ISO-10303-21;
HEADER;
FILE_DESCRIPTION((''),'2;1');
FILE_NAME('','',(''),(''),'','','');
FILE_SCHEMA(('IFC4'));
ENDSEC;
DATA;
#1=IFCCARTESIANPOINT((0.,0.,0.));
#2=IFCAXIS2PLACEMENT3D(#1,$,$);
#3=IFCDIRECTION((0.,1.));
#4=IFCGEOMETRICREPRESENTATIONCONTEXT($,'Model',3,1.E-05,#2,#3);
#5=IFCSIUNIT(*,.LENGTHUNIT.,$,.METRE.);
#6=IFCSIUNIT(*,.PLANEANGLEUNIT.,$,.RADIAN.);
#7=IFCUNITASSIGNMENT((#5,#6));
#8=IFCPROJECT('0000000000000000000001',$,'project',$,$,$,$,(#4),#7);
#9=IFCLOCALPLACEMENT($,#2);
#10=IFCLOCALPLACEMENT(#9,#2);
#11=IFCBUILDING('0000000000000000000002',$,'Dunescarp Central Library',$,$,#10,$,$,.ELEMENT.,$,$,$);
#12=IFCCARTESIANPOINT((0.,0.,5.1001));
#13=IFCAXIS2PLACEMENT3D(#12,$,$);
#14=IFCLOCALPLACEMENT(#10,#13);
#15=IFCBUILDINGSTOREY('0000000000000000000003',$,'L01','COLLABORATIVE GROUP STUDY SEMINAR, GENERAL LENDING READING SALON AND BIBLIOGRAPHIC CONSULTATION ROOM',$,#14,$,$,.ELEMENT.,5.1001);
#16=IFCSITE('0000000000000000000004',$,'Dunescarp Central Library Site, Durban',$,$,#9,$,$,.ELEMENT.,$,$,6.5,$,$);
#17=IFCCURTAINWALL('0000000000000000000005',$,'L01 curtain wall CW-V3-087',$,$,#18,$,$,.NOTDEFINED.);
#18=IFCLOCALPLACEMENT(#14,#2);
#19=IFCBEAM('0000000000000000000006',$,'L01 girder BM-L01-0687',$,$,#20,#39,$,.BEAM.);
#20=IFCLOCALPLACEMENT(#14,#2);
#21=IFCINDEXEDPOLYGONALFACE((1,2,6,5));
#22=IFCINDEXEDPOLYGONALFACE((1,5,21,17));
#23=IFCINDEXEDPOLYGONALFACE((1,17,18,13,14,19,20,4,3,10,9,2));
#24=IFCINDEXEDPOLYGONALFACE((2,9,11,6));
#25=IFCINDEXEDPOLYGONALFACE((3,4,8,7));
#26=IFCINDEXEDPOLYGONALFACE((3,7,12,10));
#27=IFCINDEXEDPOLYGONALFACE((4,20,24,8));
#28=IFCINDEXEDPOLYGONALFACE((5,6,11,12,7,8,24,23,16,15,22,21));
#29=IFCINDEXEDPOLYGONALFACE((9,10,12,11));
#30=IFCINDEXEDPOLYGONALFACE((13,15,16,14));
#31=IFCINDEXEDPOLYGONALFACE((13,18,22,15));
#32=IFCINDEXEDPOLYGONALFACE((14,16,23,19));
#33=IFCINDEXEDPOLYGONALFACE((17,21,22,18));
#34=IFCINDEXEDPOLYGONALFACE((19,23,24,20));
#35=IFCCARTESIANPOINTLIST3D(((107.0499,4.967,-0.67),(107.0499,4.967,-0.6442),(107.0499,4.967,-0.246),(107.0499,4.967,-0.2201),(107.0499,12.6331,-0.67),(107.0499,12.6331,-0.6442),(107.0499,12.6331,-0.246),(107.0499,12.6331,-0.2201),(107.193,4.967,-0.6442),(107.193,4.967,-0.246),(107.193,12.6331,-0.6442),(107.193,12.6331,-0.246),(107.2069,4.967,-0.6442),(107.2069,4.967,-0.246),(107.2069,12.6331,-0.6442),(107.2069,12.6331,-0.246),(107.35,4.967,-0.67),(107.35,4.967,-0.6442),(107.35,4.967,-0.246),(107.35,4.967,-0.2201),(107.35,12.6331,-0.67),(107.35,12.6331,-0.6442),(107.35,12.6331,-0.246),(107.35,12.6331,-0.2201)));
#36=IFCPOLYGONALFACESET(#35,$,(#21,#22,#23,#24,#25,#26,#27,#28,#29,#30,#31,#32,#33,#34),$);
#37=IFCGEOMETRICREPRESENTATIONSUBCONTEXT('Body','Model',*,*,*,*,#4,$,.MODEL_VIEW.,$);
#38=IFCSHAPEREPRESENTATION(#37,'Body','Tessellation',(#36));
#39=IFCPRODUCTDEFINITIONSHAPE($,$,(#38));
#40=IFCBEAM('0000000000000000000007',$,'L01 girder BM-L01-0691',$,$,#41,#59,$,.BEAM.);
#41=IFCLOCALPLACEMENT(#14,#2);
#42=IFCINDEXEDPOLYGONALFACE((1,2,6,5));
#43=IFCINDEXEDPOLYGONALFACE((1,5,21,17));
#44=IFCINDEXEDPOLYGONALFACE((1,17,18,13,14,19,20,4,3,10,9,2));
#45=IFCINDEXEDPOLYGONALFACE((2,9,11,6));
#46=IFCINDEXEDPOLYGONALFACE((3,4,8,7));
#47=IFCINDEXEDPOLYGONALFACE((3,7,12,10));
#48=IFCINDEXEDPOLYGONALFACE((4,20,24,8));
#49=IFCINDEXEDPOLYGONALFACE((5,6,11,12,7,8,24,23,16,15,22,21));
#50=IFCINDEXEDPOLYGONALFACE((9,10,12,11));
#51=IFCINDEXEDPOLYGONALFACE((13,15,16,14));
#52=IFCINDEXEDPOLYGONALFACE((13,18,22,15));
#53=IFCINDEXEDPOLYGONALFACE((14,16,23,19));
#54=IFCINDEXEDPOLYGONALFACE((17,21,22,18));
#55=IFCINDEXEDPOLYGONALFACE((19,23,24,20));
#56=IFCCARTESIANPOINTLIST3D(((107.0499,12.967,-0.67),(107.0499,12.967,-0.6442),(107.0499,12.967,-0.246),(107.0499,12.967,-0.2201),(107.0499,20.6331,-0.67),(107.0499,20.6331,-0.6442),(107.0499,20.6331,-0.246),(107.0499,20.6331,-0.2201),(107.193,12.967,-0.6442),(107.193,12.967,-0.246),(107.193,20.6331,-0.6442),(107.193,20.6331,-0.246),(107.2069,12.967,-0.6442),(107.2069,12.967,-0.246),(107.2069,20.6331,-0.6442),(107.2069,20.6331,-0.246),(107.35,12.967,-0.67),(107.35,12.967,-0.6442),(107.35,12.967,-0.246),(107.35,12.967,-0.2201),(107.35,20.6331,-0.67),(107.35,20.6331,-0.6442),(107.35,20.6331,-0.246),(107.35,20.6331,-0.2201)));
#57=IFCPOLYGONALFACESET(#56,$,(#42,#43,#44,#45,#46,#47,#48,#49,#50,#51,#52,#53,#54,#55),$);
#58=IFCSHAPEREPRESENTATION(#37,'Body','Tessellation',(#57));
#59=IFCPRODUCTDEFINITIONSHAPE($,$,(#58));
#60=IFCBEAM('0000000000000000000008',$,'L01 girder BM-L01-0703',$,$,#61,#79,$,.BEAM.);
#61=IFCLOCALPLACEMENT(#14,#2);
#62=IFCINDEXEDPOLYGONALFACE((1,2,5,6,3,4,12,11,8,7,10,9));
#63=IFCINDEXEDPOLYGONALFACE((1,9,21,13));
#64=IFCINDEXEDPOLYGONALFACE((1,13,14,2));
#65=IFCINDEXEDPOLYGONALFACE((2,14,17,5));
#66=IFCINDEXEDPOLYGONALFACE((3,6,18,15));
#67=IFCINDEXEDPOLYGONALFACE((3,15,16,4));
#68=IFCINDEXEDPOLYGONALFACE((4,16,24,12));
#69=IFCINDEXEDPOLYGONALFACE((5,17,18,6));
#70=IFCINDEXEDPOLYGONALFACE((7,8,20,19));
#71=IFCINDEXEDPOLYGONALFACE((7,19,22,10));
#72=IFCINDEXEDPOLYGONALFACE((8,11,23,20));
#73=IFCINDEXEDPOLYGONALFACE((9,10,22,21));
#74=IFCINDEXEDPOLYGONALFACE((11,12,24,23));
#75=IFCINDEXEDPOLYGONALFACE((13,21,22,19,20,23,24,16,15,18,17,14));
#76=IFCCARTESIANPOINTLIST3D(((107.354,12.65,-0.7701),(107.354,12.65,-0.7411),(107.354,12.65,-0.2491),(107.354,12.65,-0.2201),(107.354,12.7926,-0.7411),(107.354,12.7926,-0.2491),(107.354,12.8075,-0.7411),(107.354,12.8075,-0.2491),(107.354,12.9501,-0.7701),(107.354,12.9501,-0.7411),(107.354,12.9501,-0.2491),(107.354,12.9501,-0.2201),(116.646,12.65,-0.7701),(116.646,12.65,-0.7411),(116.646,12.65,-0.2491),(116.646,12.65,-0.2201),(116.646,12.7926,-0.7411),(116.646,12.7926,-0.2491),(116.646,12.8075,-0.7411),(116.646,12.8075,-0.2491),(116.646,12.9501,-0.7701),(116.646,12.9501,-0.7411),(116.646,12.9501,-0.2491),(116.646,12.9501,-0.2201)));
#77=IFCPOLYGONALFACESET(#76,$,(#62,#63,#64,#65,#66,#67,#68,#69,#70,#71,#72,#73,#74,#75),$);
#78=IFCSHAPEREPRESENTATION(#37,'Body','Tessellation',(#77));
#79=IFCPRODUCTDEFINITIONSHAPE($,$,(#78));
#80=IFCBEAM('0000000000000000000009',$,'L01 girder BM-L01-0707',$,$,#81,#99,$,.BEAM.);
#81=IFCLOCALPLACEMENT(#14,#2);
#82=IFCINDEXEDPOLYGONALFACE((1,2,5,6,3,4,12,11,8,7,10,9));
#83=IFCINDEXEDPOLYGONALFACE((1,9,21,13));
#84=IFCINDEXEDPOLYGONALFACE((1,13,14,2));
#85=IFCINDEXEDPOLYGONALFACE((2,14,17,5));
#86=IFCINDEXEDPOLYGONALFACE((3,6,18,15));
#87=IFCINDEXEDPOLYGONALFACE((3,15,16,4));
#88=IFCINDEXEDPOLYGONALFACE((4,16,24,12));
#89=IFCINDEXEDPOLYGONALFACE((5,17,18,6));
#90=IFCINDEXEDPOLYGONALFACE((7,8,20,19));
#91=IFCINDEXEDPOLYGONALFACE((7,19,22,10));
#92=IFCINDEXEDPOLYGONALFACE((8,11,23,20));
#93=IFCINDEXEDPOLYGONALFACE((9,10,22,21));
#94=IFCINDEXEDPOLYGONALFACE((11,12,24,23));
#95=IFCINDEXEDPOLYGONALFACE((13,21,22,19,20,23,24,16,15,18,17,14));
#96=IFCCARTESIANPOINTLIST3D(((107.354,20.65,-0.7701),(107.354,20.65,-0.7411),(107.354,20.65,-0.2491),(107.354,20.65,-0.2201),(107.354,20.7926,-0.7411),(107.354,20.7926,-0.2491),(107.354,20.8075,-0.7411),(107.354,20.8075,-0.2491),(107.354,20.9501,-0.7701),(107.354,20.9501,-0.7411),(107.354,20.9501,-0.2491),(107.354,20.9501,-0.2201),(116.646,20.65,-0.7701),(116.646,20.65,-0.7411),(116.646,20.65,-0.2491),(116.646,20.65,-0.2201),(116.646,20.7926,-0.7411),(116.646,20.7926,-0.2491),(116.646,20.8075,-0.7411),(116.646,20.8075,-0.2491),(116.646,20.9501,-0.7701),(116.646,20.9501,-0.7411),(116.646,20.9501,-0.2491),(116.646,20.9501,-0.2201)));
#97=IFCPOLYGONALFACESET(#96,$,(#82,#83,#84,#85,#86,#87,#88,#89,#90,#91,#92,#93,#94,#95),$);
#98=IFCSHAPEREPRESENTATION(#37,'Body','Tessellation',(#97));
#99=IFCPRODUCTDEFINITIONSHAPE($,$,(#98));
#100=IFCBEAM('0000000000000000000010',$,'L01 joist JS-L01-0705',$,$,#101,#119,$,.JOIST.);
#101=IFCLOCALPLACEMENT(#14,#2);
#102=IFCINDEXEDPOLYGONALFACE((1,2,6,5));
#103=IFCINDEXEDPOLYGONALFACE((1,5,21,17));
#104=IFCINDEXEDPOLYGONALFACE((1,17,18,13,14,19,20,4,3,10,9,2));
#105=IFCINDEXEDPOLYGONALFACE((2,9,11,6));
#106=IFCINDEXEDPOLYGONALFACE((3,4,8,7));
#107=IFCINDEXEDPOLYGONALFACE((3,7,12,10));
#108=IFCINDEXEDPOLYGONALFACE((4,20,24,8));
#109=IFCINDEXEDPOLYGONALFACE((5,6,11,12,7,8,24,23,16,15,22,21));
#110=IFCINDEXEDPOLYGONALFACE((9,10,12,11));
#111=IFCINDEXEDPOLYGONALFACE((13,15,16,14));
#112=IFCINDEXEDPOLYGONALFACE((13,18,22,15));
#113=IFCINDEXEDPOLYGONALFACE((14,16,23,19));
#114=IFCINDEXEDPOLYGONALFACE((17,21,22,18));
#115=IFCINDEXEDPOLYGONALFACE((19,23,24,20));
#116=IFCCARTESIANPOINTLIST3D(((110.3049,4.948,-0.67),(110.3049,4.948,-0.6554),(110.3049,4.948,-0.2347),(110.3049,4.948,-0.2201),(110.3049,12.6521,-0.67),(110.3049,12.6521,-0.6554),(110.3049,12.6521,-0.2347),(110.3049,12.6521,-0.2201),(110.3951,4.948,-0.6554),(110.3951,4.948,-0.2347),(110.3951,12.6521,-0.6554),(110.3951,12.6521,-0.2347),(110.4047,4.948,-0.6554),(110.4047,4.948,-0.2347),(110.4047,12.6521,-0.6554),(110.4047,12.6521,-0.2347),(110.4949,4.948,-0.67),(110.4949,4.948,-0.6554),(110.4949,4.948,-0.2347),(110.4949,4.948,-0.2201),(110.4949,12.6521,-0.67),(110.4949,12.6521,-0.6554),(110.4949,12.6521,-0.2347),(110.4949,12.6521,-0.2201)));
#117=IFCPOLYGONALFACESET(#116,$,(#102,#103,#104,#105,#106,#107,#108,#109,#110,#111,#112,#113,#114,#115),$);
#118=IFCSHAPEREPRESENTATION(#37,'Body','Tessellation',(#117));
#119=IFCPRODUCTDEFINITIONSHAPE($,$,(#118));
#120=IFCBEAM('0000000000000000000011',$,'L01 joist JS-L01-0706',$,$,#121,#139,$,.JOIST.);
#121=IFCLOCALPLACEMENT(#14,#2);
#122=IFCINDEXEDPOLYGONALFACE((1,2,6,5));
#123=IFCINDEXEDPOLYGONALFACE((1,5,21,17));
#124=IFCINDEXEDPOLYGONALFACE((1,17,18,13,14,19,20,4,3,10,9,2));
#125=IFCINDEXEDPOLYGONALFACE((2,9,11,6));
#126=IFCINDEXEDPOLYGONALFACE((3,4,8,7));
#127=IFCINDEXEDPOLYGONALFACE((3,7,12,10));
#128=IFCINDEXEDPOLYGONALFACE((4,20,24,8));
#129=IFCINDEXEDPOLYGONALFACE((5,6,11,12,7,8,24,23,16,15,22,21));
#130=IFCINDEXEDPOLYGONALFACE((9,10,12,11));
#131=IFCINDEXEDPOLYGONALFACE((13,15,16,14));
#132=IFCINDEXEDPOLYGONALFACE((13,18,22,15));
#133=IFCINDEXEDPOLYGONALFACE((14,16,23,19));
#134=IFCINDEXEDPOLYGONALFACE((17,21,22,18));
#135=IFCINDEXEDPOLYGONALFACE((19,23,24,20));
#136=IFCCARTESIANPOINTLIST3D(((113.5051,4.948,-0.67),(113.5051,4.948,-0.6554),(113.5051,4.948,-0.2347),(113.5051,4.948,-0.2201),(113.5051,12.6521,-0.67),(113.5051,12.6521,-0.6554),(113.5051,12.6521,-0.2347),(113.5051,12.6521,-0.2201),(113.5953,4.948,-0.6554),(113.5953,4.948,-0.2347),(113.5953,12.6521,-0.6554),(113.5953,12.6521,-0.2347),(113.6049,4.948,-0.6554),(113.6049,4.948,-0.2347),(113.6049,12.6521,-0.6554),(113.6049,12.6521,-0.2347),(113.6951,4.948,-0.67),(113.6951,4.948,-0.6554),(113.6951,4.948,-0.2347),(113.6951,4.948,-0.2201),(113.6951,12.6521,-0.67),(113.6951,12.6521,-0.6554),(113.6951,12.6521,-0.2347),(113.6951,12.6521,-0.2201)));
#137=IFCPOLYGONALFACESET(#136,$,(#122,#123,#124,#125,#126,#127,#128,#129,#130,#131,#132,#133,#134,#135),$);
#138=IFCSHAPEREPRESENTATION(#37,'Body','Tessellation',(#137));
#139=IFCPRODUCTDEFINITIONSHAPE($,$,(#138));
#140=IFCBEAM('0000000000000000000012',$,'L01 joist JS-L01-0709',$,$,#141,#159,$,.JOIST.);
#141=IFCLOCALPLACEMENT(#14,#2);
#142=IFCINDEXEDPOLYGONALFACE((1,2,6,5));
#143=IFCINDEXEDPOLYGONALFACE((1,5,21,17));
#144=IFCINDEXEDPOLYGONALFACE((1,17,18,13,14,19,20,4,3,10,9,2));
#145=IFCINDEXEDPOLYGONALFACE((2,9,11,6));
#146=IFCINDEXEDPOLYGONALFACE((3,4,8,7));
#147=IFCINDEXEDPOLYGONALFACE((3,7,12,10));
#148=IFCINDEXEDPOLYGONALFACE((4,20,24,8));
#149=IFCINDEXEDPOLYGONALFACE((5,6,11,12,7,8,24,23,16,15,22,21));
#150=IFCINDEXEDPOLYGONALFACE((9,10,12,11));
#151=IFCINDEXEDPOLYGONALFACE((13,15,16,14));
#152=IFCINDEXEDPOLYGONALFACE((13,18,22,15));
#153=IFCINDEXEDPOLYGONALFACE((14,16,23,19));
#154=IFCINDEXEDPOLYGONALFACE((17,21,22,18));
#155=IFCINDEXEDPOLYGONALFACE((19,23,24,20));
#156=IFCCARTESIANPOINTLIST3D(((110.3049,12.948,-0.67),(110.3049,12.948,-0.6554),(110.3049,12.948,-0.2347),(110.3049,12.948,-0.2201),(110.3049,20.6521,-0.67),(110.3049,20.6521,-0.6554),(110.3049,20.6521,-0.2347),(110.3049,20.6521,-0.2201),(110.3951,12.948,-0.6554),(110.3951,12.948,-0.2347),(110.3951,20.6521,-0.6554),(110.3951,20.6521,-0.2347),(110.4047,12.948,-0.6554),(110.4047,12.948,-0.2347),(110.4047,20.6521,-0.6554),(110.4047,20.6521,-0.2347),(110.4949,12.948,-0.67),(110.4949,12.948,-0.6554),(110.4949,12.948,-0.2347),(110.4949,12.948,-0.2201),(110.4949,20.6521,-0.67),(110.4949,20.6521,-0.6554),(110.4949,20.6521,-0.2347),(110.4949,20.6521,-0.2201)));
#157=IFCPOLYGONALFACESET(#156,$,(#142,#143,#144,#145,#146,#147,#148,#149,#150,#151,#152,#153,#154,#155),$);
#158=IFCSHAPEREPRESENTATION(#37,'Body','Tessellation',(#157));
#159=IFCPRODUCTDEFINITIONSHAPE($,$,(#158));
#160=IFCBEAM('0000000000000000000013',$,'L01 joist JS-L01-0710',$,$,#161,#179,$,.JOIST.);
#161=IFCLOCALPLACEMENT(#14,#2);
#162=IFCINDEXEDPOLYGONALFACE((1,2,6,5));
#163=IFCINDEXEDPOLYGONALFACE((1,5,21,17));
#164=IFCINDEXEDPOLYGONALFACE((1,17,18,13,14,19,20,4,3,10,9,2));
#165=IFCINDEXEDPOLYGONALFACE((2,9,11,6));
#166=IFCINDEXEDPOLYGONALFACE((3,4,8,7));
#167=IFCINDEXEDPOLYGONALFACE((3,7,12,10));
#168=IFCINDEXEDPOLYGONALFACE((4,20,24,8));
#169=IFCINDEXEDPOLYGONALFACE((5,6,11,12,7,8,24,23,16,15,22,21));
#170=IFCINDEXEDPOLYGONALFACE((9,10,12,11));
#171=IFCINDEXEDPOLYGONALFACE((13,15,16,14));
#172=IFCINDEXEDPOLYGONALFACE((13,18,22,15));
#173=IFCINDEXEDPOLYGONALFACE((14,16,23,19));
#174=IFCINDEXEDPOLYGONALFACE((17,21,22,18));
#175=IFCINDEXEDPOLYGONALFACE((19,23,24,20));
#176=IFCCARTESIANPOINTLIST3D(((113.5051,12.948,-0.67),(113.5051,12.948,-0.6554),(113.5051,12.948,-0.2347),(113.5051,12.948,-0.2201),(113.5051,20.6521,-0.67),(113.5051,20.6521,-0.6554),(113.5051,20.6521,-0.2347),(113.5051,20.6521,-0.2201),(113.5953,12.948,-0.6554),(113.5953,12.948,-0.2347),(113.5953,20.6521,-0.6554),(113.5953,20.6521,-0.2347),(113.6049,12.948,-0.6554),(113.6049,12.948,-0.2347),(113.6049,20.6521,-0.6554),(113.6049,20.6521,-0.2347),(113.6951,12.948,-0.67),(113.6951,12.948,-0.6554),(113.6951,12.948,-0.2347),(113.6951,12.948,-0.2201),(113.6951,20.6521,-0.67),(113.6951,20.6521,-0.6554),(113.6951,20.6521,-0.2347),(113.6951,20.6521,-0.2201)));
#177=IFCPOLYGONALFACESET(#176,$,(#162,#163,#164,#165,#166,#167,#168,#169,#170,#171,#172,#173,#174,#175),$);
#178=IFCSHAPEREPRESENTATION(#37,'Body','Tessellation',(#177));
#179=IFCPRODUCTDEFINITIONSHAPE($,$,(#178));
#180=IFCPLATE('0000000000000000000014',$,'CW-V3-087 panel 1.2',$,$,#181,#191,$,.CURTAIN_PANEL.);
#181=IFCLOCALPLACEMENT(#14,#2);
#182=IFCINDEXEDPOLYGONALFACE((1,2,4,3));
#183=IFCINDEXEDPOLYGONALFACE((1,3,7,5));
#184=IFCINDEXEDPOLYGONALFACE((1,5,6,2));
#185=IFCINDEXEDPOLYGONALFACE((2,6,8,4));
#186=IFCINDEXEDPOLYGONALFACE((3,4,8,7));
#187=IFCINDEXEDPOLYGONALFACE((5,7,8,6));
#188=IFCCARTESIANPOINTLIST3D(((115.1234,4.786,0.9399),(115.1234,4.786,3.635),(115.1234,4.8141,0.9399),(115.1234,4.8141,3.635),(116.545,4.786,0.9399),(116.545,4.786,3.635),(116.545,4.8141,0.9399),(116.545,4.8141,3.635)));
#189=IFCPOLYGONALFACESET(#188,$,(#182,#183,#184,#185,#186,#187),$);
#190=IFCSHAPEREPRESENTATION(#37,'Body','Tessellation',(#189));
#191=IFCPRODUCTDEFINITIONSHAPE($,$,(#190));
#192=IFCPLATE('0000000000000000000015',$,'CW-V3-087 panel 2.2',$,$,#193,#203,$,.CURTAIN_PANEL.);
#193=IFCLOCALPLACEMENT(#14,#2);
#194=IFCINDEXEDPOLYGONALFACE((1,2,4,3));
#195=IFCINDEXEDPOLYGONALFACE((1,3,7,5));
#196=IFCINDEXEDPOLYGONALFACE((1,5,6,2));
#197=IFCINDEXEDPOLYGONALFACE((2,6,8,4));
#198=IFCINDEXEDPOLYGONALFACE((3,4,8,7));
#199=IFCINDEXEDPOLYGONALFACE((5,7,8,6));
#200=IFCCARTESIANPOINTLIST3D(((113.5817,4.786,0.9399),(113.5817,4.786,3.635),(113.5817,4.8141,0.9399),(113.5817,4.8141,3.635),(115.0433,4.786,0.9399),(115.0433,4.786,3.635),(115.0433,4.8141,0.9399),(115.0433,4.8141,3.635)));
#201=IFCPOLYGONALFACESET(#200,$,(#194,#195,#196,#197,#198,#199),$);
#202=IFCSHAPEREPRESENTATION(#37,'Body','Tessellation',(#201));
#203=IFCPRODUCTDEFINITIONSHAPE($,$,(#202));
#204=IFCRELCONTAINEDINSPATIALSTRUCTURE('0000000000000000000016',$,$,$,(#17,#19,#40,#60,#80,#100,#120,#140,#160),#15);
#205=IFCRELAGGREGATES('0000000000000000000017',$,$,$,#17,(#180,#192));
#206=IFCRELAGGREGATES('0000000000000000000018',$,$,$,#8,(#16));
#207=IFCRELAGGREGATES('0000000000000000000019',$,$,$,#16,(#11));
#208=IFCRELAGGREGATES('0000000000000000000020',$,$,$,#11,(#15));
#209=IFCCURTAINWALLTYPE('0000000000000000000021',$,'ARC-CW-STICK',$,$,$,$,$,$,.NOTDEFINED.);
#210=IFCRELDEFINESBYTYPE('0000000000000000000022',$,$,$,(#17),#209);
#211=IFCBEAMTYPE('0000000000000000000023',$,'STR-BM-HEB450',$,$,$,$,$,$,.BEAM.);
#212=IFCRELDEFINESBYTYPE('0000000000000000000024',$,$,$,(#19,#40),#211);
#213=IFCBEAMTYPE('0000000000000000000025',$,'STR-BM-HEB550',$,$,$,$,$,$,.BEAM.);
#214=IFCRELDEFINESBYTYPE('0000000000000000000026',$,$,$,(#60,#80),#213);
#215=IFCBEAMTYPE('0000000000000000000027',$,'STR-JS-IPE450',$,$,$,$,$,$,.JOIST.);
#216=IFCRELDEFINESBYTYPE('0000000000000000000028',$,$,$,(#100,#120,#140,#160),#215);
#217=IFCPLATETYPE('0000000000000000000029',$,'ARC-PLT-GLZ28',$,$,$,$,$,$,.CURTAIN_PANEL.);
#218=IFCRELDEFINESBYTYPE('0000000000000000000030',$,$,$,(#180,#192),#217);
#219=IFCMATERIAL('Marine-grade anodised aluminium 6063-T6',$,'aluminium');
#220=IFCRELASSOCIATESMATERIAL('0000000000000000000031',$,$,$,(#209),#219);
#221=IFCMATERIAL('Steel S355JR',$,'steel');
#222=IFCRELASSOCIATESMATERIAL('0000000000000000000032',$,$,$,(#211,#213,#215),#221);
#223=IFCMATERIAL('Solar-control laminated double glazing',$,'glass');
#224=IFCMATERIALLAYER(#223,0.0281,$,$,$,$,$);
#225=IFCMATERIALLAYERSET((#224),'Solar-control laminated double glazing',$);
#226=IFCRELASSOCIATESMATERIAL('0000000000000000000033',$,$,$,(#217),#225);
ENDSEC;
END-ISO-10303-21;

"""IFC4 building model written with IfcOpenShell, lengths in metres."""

from ifc_helpers import new_model, si_unit, direction, frame, origin, origin_2d, place, context, subcontext, project, spatial, rectangle, i_section, extrude, material, layer, layer_set, material_profile, profile_set, type_object, element, aggregate, save


model = new_model("IFC4")

# Units and contexts
model_context = context("Model", 3, precision=1e-05, world=origin(), true_north=direction((0.0, 1.0)))
body_context = subcontext(model_context, "Body", "Model", "MODEL_VIEW")
ifc_project = project(units=[si_unit("LENGTHUNIT", "METRE"), si_unit("PLANEANGLEUNIT", "RADIAN")], contexts=[model_context])

# Site, building, storey
site_placement = place(None, origin())
site = spatial("IfcSite", under=ifc_project, at=site_placement, Name="Dunescarp Central Library Site, Durban", CompositionType="ELEMENT", RefElevation=6.5)
building_placement = place(site_placement, origin())
building = spatial("IfcBuilding", under=site, at=building_placement, Name="Dunescarp Central Library", CompositionType="ELEMENT")
storey_placement = place(building_placement, frame((0.0, 0.0, 5.1001)))
storey = spatial("IfcBuildingStorey", under=building, at=storey_placement, Name="L01", Description="COLLABORATIVE GROUP STUDY SEMINAR, GENERAL LENDING READING SALON AND BIBLIOGRAPHIC CONSULTATION ROOM", CompositionType="ELEMENT", Elevation=5.1001)

# Shared definitions
ifc_material_1 = material(Name="Steel S355JR", Category="steel")

# Curtain wall
ifc_material_2 = material(Name="Marine-grade anodised aluminium 6063-T6", Category="aluminium")
curtain_wall_type = type_object("IfcCurtainWallType", Name="ARC-CW-STICK", PredefinedType="NOTDEFINED", material=ifc_material_2)
curtain_wall_placement = place(storey_placement, origin())
curtain_wall = element("IfcCurtainWall", 1, at=curtain_wall_placement, inside=storey, type_object=curtain_wall_type, Name="L01 curtain wall CW-V3-087", PredefinedType="NOTDEFINED")

# Beams
ifc_material_profile_1 = material_profile(ifc_material_1, i_section(OverallWidth=0.3, OverallDepth=0.45, WebThickness=0.0139, FlangeThickness=0.0259, at=origin_2d()), Name="HEB 450")
ifc_profile_set_1 = profile_set([ifc_material_profile_1], Name="Steel S355JR")
beam_type_1 = type_object("IfcBeamType", Name="STR-BM-HEB450", PredefinedType="BEAM", material=ifc_profile_set_1)
for number, where, z_axis, x_axis, name in (
    (2, (107.2, 4.967, -0.4451), (0.0, 1.0, 0.0), (-1.0, 0.0, 0.0), "L01 girder BM-L01-0687"),
    (3, (107.2, 12.967, -0.4451), (0.0, 1.0, 0.0), (-1.0, 0.0, 0.0), "L01 girder BM-L01-0691"),
):
    element("IfcBeam", number, at=place(storey_placement, frame(where, z_axis=z_axis, x_axis=x_axis)), inside=storey, type_object=beam_type_1, Name=name, PredefinedType="BEAM", context=body_context, shape_type="SweptSolid", body=[
        extrude(i_section(OverallWidth=0.3, OverallDepth=0.45, WebThickness=0.0139, FlangeThickness=0.0259, at=origin_2d()), origin(), (0.0, 0.0, 1.0), 7.666),
    ])
ifc_material_profile_2 = material_profile(ifc_material_1, i_section(OverallWidth=0.3, OverallDepth=0.55, WebThickness=0.0149, FlangeThickness=0.0291, at=origin_2d()), Name="HEB 550")
ifc_profile_set_2 = profile_set([ifc_material_profile_2], Name="Steel S355JR")
beam_type_2 = type_object("IfcBeamType", Name="STR-BM-HEB550", PredefinedType="BEAM", material=ifc_profile_set_2)
for number, where, z_axis, x_axis, name in (
    (4, (107.354, 12.8, -0.4951), (1.0, 0.0, 0.0), (0.0, 1.0, 0.0), "L01 girder BM-L01-0703"),
    (5, (107.354, 20.8, -0.4951), (1.0, 0.0, 0.0), (0.0, 1.0, 0.0), "L01 girder BM-L01-0707"),
):
    element("IfcBeam", number, at=place(storey_placement, frame(where, z_axis=z_axis, x_axis=x_axis)), inside=storey, type_object=beam_type_2, Name=name, PredefinedType="BEAM", context=body_context, shape_type="SweptSolid", body=[
        extrude(i_section(OverallWidth=0.3, OverallDepth=0.55, WebThickness=0.0149, FlangeThickness=0.0291, at=origin_2d()), origin(), (0.0, 0.0, 1.0), 9.292),
    ])
ifc_material_profile_3 = material_profile(ifc_material_1, i_section(OverallWidth=0.1899, OverallDepth=0.45, WebThickness=0.0095, FlangeThickness=0.0146, at=origin_2d()), Name="IPE 450")
ifc_profile_set_3 = profile_set([ifc_material_profile_3], Name="Steel S355JR")
beam_type_3 = type_object("IfcBeamType", Name="STR-JS-IPE450", PredefinedType="JOIST", material=ifc_profile_set_3)
for number, where, z_axis, x_axis, name in (
    (6, (110.3999, 4.948, -0.4451), (0.0, 1.0, 0.0), (-1.0, 0.0, 0.0), "L01 joist JS-L01-0705"),
    (7, (113.6001, 4.948, -0.4451), (0.0, 1.0, 0.0), (-1.0, 0.0, 0.0), "L01 joist JS-L01-0706"),
    (8, (110.3999, 12.948, -0.4451), (0.0, 1.0, 0.0), (-1.0, 0.0, 0.0), "L01 joist JS-L01-0709"),
    (9, (113.6001, 12.948, -0.4451), (0.0, 1.0, 0.0), (-1.0, 0.0, 0.0), "L01 joist JS-L01-0710"),
):
    element("IfcBeam", number, at=place(storey_placement, frame(where, z_axis=z_axis, x_axis=x_axis)), inside=storey, type_object=beam_type_3, Name=name, PredefinedType="JOIST", context=body_context, shape_type="SweptSolid", body=[
        extrude(i_section(OverallWidth=0.1899, OverallDepth=0.45, WebThickness=0.0095, FlangeThickness=0.0146, at=origin_2d()), origin(), (0.0, 0.0, 1.0), 7.7041),
    ])

# Plates
ifc_material_3 = material(Name="Solar-control laminated double glazing", Category="glass")
ifc_layer_1 = layer(ifc_material_3, 0.0281)
ifc_layer_set_1 = layer_set([ifc_layer_1], Name="Solar-control laminated double glazing")
plate_type_1 = type_object("IfcPlateType", Name="ARC-PLT-GLZ28", PredefinedType="CURTAIN_PANEL", material=ifc_layer_set_1)
plate_1_placement = place(storey_placement, frame((115.8342, 4.8, 0.9399), z_axis=(0.0, 0.0, 1.0), x_axis=(-1.0, 0.0, 0.0)))
plate_1 = element("IfcPlate", 10, at=plate_1_placement, type_object=plate_type_1, Name="CW-V3-087 panel 1.2", PredefinedType="CURTAIN_PANEL", context=body_context, shape_type="SweptSolid", body=[
    extrude(rectangle(XDim=1.4216, YDim=0.0281, at=origin_2d()), origin(), (0.0, 0.0, 1.0), 2.6951),
])
plate_2_placement = place(storey_placement, frame((114.3125, 4.8, 0.9399), z_axis=(0.0, 0.0, 1.0), x_axis=(-1.0, 0.0, 0.0)))
plate_2 = element("IfcPlate", 11, at=plate_2_placement, type_object=plate_type_1, Name="CW-V3-087 panel 2.2", PredefinedType="CURTAIN_PANEL", context=body_context, shape_type="SweptSolid", body=[
    extrude(rectangle(XDim=1.4617, YDim=0.0281, at=origin_2d()), origin(), (0.0, 0.0, 1.0), 2.6951),
])
aggregate(curtain_wall, [plate_1, plate_2])

save(model, "model.ifc")
